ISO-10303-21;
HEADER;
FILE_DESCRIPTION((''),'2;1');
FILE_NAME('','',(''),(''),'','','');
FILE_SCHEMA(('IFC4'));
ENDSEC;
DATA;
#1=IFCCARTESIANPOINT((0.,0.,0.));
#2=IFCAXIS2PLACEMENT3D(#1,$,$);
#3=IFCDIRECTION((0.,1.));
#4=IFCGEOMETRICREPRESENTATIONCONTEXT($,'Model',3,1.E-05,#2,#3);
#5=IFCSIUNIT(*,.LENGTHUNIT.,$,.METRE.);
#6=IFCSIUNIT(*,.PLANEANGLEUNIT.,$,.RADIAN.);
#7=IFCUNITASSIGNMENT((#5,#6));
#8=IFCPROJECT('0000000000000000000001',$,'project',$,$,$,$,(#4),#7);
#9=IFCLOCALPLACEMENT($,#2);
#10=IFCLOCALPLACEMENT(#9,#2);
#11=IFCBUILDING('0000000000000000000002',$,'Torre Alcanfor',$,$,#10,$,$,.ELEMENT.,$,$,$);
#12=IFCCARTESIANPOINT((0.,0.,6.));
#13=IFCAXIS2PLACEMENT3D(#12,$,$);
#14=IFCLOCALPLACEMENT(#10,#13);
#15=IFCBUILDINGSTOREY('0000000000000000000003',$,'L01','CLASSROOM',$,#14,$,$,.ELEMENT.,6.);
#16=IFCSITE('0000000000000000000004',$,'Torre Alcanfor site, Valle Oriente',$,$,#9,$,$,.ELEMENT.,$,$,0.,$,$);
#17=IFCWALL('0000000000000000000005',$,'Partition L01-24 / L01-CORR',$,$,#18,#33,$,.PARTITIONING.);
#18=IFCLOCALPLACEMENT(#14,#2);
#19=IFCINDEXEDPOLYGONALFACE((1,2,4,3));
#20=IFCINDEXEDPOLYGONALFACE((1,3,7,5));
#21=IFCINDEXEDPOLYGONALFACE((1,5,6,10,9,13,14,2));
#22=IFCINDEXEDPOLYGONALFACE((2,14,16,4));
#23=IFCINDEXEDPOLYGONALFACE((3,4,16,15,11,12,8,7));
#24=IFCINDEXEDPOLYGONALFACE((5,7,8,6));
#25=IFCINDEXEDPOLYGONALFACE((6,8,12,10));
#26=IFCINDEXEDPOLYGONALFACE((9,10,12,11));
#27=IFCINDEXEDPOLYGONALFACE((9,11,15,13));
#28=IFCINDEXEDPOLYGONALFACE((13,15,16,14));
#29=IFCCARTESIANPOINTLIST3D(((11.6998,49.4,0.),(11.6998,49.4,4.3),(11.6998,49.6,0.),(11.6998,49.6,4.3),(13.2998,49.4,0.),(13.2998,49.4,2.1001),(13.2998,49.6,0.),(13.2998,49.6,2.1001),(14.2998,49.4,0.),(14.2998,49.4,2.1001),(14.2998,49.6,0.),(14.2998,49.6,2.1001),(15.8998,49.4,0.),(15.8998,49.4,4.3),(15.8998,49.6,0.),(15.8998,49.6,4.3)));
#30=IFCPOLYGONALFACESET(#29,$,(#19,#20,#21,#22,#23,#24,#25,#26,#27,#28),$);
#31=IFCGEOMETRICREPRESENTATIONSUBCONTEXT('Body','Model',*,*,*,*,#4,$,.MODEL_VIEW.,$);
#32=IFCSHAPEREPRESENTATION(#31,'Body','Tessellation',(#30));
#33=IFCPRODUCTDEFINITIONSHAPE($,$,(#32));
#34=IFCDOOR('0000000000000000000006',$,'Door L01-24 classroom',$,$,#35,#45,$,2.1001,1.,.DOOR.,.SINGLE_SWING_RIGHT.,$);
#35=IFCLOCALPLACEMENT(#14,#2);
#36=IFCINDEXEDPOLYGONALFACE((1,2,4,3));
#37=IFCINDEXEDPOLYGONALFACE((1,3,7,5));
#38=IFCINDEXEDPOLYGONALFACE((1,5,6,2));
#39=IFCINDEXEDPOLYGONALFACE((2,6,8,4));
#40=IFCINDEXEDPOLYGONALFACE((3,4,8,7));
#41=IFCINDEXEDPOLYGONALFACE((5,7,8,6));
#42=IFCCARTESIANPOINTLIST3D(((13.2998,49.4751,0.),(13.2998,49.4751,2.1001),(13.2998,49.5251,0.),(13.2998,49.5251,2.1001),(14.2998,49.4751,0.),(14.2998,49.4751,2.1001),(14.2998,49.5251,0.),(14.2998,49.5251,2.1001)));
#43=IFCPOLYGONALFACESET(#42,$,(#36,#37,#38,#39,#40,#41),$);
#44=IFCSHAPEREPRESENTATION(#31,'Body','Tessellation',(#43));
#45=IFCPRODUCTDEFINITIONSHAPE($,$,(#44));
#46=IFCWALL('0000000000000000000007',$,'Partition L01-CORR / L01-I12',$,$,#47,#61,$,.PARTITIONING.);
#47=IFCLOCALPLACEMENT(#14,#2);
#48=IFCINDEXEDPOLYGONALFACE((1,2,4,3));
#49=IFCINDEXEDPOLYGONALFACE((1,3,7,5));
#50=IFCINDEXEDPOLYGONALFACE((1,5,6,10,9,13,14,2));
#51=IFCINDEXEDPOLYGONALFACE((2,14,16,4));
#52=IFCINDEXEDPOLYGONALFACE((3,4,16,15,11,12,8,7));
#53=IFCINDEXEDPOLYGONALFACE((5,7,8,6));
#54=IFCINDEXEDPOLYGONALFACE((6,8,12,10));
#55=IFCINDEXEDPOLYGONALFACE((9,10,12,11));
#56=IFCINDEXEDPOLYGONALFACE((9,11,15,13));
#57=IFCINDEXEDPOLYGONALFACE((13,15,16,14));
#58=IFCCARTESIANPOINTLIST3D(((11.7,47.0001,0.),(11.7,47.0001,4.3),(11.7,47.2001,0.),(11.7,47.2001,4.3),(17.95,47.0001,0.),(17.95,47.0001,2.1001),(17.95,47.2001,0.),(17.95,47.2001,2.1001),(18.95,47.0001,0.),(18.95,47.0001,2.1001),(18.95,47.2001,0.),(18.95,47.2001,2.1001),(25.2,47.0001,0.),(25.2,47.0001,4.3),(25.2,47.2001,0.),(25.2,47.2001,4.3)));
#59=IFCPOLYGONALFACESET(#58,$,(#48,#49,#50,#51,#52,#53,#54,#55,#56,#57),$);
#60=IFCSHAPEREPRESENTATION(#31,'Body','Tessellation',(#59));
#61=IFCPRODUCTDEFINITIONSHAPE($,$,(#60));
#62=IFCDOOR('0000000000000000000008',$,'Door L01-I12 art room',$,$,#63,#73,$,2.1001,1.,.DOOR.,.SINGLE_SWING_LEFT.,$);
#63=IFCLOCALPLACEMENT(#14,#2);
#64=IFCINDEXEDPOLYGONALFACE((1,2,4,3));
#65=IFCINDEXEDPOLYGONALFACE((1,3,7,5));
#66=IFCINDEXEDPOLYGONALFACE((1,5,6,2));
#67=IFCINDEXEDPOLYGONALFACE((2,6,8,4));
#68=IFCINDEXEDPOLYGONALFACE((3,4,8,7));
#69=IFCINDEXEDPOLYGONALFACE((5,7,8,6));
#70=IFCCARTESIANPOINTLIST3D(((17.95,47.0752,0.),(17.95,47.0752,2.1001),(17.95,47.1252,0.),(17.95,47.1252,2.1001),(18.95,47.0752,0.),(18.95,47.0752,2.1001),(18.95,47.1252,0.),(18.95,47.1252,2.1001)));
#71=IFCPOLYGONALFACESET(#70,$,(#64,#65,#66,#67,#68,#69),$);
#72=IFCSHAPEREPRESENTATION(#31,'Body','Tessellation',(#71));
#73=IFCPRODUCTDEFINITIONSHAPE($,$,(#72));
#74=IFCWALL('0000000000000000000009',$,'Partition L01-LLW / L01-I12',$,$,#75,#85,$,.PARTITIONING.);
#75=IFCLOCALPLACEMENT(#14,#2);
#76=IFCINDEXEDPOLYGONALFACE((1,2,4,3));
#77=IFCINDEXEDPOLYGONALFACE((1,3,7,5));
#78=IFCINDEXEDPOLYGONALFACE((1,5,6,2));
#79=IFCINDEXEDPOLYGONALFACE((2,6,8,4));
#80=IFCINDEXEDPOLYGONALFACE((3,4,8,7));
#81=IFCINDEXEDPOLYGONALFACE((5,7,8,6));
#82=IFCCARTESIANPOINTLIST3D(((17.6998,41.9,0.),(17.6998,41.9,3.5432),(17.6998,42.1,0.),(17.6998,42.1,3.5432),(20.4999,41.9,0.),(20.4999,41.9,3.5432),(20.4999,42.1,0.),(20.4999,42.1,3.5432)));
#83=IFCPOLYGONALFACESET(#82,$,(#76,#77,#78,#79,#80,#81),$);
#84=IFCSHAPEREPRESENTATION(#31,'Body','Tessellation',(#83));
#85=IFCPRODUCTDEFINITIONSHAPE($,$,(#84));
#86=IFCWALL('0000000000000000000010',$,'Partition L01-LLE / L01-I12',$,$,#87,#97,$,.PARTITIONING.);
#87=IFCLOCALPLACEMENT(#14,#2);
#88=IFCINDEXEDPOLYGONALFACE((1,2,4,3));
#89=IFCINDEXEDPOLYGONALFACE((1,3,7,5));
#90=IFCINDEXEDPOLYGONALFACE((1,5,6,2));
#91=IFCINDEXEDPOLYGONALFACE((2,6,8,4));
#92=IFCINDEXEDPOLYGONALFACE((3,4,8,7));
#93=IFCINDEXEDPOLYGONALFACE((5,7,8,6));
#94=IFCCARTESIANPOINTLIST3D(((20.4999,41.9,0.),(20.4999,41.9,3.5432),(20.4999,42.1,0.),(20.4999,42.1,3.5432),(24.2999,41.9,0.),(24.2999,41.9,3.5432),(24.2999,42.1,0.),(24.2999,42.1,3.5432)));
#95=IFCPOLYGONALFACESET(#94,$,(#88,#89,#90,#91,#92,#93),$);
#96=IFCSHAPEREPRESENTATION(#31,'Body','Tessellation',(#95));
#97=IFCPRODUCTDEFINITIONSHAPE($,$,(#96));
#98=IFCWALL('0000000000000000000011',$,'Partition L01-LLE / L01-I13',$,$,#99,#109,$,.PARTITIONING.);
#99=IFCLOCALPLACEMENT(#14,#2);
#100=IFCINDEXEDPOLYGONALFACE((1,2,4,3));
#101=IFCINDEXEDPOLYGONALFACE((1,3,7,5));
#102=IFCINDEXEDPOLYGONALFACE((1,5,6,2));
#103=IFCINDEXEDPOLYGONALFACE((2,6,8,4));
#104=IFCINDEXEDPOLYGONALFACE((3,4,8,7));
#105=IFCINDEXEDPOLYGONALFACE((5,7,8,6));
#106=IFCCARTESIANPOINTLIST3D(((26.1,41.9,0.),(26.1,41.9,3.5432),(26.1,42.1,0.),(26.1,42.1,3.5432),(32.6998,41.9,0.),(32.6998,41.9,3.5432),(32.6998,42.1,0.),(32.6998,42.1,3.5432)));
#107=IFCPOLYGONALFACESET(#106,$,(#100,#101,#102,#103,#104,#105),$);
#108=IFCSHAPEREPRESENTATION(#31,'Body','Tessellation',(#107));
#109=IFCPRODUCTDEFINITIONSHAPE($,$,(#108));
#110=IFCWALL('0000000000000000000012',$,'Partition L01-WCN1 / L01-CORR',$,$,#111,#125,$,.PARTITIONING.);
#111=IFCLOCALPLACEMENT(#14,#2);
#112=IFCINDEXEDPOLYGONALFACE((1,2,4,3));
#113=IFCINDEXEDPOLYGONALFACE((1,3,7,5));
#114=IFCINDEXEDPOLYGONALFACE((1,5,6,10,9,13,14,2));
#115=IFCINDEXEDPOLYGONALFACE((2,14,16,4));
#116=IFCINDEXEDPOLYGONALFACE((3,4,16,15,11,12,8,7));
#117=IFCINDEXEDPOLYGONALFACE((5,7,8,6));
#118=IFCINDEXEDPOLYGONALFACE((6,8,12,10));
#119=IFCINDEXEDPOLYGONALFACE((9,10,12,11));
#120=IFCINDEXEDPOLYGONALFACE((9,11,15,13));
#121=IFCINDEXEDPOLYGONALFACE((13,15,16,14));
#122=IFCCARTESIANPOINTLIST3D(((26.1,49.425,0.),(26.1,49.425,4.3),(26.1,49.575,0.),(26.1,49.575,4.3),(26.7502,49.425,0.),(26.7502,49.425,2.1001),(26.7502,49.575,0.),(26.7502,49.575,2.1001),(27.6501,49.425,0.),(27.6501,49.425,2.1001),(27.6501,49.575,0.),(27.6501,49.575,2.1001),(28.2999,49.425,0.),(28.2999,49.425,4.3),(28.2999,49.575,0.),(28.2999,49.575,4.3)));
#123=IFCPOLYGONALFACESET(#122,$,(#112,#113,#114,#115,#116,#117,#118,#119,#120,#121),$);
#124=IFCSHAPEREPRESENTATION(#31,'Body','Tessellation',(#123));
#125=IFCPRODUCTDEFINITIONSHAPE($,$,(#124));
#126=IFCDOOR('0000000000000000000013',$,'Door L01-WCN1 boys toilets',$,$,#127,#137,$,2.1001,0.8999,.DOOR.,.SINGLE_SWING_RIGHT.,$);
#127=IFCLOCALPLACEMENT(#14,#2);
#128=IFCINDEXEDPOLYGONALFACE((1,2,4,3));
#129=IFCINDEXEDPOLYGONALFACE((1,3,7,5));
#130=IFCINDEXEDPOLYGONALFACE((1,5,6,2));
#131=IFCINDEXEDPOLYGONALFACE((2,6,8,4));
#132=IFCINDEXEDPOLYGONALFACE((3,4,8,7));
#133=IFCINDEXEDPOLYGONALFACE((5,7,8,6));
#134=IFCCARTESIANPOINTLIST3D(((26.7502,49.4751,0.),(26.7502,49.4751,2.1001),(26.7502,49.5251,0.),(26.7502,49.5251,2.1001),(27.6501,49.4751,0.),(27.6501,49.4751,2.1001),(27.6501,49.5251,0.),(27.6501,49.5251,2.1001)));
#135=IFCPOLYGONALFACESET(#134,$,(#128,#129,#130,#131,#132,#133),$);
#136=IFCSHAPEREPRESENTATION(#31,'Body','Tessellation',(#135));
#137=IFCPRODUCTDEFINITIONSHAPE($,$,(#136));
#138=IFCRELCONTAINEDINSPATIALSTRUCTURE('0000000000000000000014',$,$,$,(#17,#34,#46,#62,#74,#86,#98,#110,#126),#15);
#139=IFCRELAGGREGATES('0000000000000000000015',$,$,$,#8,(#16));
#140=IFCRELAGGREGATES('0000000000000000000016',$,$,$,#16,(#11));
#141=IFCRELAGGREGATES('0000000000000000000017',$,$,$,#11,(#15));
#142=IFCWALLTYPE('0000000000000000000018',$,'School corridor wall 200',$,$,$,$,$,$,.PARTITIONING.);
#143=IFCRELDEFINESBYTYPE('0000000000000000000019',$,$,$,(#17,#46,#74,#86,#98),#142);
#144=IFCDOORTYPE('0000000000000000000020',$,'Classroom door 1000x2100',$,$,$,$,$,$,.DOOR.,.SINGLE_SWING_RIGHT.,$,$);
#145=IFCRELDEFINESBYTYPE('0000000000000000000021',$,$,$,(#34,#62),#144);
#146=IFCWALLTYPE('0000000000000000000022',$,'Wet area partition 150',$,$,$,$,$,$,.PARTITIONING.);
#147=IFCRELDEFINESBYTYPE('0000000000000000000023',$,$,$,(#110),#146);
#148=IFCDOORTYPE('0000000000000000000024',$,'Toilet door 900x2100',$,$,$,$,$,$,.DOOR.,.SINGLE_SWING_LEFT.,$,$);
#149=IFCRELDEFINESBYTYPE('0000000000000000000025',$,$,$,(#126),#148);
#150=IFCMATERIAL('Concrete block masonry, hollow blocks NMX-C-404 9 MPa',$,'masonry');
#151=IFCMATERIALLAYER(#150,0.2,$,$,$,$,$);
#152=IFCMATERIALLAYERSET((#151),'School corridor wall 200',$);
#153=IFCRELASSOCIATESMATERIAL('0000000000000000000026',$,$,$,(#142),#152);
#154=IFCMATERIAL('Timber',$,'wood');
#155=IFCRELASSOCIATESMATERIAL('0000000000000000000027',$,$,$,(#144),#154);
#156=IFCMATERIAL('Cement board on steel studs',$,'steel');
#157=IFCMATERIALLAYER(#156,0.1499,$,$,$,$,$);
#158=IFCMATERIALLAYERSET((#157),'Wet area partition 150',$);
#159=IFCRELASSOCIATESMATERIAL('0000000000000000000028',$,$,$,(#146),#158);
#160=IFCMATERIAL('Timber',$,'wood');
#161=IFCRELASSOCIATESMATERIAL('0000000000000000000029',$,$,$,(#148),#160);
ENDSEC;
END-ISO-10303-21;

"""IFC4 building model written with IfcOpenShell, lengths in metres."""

from ifc_helpers import new_model, si_unit, direction, frame, frame_2d, origin, place, context, subcontext, project, spatial, rectangle, extrude, material, layer, layer_set, type_object, element, fill, save


model = new_model("IFC4")

# Units and contexts
model_context = context("Model", 3, precision=1e-05, world=origin(), true_north=direction((0.0, 1.0)))
body_context = subcontext(model_context, "Body", "Model", "MODEL_VIEW")
ifc_project = project(units=[si_unit("LENGTHUNIT", "METRE"), si_unit("PLANEANGLEUNIT", "RADIAN")], contexts=[model_context])

# Site, building, storey
site_placement = place(None, origin())
site = spatial("IfcSite", under=ifc_project, at=site_placement, Name="Torre Alcanfor site, Valle Oriente", CompositionType="ELEMENT", RefElevation=0.0)
building_placement = place(site_placement, origin())
building = spatial("IfcBuilding", under=site, at=building_placement, Name="Torre Alcanfor", CompositionType="ELEMENT")
storey_placement = place(building_placement, frame((0.0, 0.0, 6.0)))
storey = spatial("IfcBuildingStorey", under=building, at=storey_placement, Name="L01", Description="CLASSROOM", CompositionType="ELEMENT", Elevation=6.0)

# Walls, openings, doors
ifc_material_1 = material(Name="Concrete block masonry, hollow blocks NMX-C-404 9 MPa", Category="masonry")
ifc_layer_1 = layer(ifc_material_1, 0.2)
ifc_layer_set_1 = layer_set([ifc_layer_1], Name="School corridor wall 200")
wall_type_1 = type_object("IfcWallType", Name="School corridor wall 200", PredefinedType="PARTITIONING", material=ifc_layer_set_1)
ifc_material_2 = material(Name="Timber", Category="wood")
door_type_1 = type_object("IfcDoorType", Name="Classroom door 1000x2100", OperationType="SINGLE_SWING_RIGHT", PredefinedType="DOOR", material=ifc_material_2)
wall_1_placement = place(storey_placement, frame((15.8999, 49.5, 0.0), z_axis=(0.0, 0.0, 1.0), x_axis=(-1.0, 0.0, 0.0)))
wall_1 = element("IfcWall", 1, at=wall_1_placement, inside=storey, type_object=wall_type_1, Name="Partition L01-24 / L01-CORR", PredefinedType="PARTITIONING", context=body_context, shape_type="SweptSolid", body=[
    extrude(rectangle(XDim=4.2, YDim=0.2, at=frame_2d((2.1001, 0.0))), origin(), (0.0, 0.0, 1.0), 4.3),
])
opening_1_placement = place(wall_1_placement, frame((1.6001, 0.0, 0.0)))
opening_1 = element("IfcOpeningElement", 2, at=opening_1_placement, cuts=wall_1, PredefinedType="OPENING", context=body_context, shape_type="SweptSolid", body=[
    extrude(rectangle(XDim=1.0, YDim=2.1001, at=frame_2d((0.5, 1.05))), frame((0.0, 0.1099, 0.0), z_axis=(0.0, -1.0, 0.0), x_axis=(1.0, 0.0, 0.0)), (0.0, 0.0, 1.0), 0.22),
])
door_1_placement = place(opening_1_placement, frame((1.0, 0.0, 0.0), z_axis=(0.0, 0.0, 1.0), x_axis=(-1.0, 0.0, 0.0)))
door_1 = element("IfcDoor", 3, at=door_1_placement, inside=storey, type_object=door_type_1, Name="Door L01-24 classroom", OperationType="SINGLE_SWING_RIGHT", OverallHeight=2.1001, OverallWidth=1.0, PredefinedType="DOOR", context=body_context, shape_type="SweptSolid", body=[
    extrude(rectangle(XDim=1.0, YDim=2.1001, at=frame_2d((0.5, 1.05))), frame((0.0, 0.0251, 0.0), z_axis=(0.0, -1.0, 0.0), x_axis=(1.0, 0.0, 0.0)), (0.0, 0.0, 1.0), 0.05),
])
fill(opening_1, door_1)
wall_2_placement = place(storey_placement, frame((25.2, 47.1001, 0.0), z_axis=(0.0, 0.0, 1.0), x_axis=(-1.0, 0.0, 0.0)))
wall_2 = element("IfcWall", 4, at=wall_2_placement, inside=storey, type_object=wall_type_1, Name="Partition L01-CORR / L01-I12", PredefinedType="PARTITIONING", context=body_context, shape_type="SweptSolid", body=[
    extrude(rectangle(XDim=13.5, YDim=0.2, at=frame_2d((6.75, 0.0))), origin(), (0.0, 0.0, 1.0), 4.3),
])
opening_2_placement = place(wall_2_placement, frame((6.25, 0.0, 0.0)))
opening_2 = element("IfcOpeningElement", 5, at=opening_2_placement, cuts=wall_2, PredefinedType="OPENING", context=body_context, shape_type="SweptSolid", body=[
    extrude(rectangle(XDim=1.0, YDim=2.1001, at=frame_2d((0.5, 1.05))), frame((0.0, 0.1099, 0.0), z_axis=(0.0, -1.0, 0.0), x_axis=(1.0, 0.0, 0.0)), (0.0, 0.0, 1.0), 0.22),
])
door_2_placement = place(opening_2_placement, origin())
door_2 = element("IfcDoor", 6, at=door_2_placement, inside=storey, type_object=door_type_1, Name="Door L01-I12 art room", OperationType="SINGLE_SWING_LEFT", OverallHeight=2.1001, OverallWidth=1.0, PredefinedType="DOOR", context=body_context, shape_type="SweptSolid", body=[
    extrude(rectangle(XDim=1.0, YDim=2.1001, at=frame_2d((0.5, 1.05))), frame((0.0, 0.0249, 0.0), z_axis=(0.0, -1.0, 0.0), x_axis=(1.0, 0.0, 0.0)), (0.0, 0.0, 1.0), 0.05),
])
fill(opening_2, door_2)

# Walls
wall_3_placement = place(storey_placement, frame((17.7, 42.0, 0.0), z_axis=(0.0, 0.0, 1.0), x_axis=(1.0, 0.0, 0.0)))
element("IfcWall", 7, at=wall_3_placement, inside=storey, type_object=wall_type_1, Name="Partition L01-LLW / L01-I12", PredefinedType="PARTITIONING", context=body_context, shape_type="SweptSolid", body=[
    extrude(rectangle(XDim=2.8, YDim=0.2, at=frame_2d((1.3999, 0.0))), origin(), (0.0, 0.0, 1.0), 3.5432),
])
wall_4_placement = place(storey_placement, frame((20.5, 42.0, 0.0), z_axis=(0.0, 0.0, 1.0), x_axis=(1.0, 0.0, 0.0)))
element("IfcWall", 8, at=wall_4_placement, inside=storey, type_object=wall_type_1, Name="Partition L01-LLE / L01-I12", PredefinedType="PARTITIONING", context=body_context, shape_type="SweptSolid", body=[
    extrude(rectangle(XDim=3.8, YDim=0.2, at=frame_2d((1.8999, 0.0))), origin(), (0.0, 0.0, 1.0), 3.5432),
])
wall_5_placement = place(storey_placement, frame((26.1001, 42.0, 0.0), z_axis=(0.0, 0.0, 1.0), x_axis=(1.0, 0.0, 0.0)))
element("IfcWall", 9, at=wall_5_placement, inside=storey, type_object=wall_type_1, Name="Partition L01-LLE / L01-I13", PredefinedType="PARTITIONING", context=body_context, shape_type="SweptSolid", body=[
    extrude(rectangle(XDim=6.5999, YDim=0.2, at=frame_2d((3.2998, 0.0))), origin(), (0.0, 0.0, 1.0), 3.5432),
])

# Wall, opening, door
ifc_material_3 = material(Name="Cement board on steel studs", Category="steel")
ifc_layer_2 = layer(ifc_material_3, 0.1499)
ifc_layer_set_2 = layer_set([ifc_layer_2], Name="Wet area partition 150")
wall_type_2 = type_object("IfcWallType", Name="Wet area partition 150", PredefinedType="PARTITIONING", material=ifc_layer_set_2)
wall_6_placement = place(storey_placement, frame((28.3, 49.5, 0.0), z_axis=(0.0, 0.0, 1.0), x_axis=(-1.0, 0.0, 0.0)))
wall_6 = element("IfcWall", 10, at=wall_6_placement, inside=storey, type_object=wall_type_2, Name="Partition L01-WCN1 / L01-CORR", PredefinedType="PARTITIONING", context=body_context, shape_type="SweptSolid", body=[
    extrude(rectangle(XDim=2.2, YDim=0.1499, at=frame_2d((1.1001, 0.0))), origin(), (0.0, 0.0, 1.0), 4.3),
])
opening_3_placement = place(wall_6_placement, frame((0.6499, 0.0, 0.0)))
opening_3 = element("IfcOpeningElement", 11, at=opening_3_placement, cuts=wall_6, PredefinedType="OPENING", context=body_context, shape_type="SweptSolid", body=[
    extrude(rectangle(XDim=0.8999, YDim=2.1001, at=frame_2d((0.45, 1.05))), frame((0.0, 0.085, 0.0), z_axis=(0.0, -1.0, 0.0), x_axis=(1.0, 0.0, 0.0)), (0.0, 0.0, 1.0), 0.1699),
])
ifc_material_4 = material(Name="Timber", Category="wood")
door_type_2 = type_object("IfcDoorType", Name="Toilet door 900x2100", OperationType="SINGLE_SWING_LEFT", PredefinedType="DOOR", material=ifc_material_4)
door_3_placement = place(opening_3_placement, frame((0.8999, 0.0, 0.0), z_axis=(0.0, 0.0, 1.0), x_axis=(-1.0, 0.0, 0.0)))
door_3 = element("IfcDoor", 12, at=door_3_placement, inside=storey, type_object=door_type_2, Name="Door L01-WCN1 boys toilets", OperationType="SINGLE_SWING_RIGHT", OverallHeight=2.1001, OverallWidth=0.8999, PredefinedType="DOOR", context=body_context, shape_type="SweptSolid", body=[
    extrude(rectangle(XDim=0.8999, YDim=2.1001, at=frame_2d((0.45, 1.05))), frame((0.0, 0.0251, 0.0), z_axis=(0.0, -1.0, 0.0), x_axis=(1.0, 0.0, 0.0)), (0.0, 0.0, 1.0), 0.05),
])
fill(opening_3, door_3)

save(model, "model.ifc")
